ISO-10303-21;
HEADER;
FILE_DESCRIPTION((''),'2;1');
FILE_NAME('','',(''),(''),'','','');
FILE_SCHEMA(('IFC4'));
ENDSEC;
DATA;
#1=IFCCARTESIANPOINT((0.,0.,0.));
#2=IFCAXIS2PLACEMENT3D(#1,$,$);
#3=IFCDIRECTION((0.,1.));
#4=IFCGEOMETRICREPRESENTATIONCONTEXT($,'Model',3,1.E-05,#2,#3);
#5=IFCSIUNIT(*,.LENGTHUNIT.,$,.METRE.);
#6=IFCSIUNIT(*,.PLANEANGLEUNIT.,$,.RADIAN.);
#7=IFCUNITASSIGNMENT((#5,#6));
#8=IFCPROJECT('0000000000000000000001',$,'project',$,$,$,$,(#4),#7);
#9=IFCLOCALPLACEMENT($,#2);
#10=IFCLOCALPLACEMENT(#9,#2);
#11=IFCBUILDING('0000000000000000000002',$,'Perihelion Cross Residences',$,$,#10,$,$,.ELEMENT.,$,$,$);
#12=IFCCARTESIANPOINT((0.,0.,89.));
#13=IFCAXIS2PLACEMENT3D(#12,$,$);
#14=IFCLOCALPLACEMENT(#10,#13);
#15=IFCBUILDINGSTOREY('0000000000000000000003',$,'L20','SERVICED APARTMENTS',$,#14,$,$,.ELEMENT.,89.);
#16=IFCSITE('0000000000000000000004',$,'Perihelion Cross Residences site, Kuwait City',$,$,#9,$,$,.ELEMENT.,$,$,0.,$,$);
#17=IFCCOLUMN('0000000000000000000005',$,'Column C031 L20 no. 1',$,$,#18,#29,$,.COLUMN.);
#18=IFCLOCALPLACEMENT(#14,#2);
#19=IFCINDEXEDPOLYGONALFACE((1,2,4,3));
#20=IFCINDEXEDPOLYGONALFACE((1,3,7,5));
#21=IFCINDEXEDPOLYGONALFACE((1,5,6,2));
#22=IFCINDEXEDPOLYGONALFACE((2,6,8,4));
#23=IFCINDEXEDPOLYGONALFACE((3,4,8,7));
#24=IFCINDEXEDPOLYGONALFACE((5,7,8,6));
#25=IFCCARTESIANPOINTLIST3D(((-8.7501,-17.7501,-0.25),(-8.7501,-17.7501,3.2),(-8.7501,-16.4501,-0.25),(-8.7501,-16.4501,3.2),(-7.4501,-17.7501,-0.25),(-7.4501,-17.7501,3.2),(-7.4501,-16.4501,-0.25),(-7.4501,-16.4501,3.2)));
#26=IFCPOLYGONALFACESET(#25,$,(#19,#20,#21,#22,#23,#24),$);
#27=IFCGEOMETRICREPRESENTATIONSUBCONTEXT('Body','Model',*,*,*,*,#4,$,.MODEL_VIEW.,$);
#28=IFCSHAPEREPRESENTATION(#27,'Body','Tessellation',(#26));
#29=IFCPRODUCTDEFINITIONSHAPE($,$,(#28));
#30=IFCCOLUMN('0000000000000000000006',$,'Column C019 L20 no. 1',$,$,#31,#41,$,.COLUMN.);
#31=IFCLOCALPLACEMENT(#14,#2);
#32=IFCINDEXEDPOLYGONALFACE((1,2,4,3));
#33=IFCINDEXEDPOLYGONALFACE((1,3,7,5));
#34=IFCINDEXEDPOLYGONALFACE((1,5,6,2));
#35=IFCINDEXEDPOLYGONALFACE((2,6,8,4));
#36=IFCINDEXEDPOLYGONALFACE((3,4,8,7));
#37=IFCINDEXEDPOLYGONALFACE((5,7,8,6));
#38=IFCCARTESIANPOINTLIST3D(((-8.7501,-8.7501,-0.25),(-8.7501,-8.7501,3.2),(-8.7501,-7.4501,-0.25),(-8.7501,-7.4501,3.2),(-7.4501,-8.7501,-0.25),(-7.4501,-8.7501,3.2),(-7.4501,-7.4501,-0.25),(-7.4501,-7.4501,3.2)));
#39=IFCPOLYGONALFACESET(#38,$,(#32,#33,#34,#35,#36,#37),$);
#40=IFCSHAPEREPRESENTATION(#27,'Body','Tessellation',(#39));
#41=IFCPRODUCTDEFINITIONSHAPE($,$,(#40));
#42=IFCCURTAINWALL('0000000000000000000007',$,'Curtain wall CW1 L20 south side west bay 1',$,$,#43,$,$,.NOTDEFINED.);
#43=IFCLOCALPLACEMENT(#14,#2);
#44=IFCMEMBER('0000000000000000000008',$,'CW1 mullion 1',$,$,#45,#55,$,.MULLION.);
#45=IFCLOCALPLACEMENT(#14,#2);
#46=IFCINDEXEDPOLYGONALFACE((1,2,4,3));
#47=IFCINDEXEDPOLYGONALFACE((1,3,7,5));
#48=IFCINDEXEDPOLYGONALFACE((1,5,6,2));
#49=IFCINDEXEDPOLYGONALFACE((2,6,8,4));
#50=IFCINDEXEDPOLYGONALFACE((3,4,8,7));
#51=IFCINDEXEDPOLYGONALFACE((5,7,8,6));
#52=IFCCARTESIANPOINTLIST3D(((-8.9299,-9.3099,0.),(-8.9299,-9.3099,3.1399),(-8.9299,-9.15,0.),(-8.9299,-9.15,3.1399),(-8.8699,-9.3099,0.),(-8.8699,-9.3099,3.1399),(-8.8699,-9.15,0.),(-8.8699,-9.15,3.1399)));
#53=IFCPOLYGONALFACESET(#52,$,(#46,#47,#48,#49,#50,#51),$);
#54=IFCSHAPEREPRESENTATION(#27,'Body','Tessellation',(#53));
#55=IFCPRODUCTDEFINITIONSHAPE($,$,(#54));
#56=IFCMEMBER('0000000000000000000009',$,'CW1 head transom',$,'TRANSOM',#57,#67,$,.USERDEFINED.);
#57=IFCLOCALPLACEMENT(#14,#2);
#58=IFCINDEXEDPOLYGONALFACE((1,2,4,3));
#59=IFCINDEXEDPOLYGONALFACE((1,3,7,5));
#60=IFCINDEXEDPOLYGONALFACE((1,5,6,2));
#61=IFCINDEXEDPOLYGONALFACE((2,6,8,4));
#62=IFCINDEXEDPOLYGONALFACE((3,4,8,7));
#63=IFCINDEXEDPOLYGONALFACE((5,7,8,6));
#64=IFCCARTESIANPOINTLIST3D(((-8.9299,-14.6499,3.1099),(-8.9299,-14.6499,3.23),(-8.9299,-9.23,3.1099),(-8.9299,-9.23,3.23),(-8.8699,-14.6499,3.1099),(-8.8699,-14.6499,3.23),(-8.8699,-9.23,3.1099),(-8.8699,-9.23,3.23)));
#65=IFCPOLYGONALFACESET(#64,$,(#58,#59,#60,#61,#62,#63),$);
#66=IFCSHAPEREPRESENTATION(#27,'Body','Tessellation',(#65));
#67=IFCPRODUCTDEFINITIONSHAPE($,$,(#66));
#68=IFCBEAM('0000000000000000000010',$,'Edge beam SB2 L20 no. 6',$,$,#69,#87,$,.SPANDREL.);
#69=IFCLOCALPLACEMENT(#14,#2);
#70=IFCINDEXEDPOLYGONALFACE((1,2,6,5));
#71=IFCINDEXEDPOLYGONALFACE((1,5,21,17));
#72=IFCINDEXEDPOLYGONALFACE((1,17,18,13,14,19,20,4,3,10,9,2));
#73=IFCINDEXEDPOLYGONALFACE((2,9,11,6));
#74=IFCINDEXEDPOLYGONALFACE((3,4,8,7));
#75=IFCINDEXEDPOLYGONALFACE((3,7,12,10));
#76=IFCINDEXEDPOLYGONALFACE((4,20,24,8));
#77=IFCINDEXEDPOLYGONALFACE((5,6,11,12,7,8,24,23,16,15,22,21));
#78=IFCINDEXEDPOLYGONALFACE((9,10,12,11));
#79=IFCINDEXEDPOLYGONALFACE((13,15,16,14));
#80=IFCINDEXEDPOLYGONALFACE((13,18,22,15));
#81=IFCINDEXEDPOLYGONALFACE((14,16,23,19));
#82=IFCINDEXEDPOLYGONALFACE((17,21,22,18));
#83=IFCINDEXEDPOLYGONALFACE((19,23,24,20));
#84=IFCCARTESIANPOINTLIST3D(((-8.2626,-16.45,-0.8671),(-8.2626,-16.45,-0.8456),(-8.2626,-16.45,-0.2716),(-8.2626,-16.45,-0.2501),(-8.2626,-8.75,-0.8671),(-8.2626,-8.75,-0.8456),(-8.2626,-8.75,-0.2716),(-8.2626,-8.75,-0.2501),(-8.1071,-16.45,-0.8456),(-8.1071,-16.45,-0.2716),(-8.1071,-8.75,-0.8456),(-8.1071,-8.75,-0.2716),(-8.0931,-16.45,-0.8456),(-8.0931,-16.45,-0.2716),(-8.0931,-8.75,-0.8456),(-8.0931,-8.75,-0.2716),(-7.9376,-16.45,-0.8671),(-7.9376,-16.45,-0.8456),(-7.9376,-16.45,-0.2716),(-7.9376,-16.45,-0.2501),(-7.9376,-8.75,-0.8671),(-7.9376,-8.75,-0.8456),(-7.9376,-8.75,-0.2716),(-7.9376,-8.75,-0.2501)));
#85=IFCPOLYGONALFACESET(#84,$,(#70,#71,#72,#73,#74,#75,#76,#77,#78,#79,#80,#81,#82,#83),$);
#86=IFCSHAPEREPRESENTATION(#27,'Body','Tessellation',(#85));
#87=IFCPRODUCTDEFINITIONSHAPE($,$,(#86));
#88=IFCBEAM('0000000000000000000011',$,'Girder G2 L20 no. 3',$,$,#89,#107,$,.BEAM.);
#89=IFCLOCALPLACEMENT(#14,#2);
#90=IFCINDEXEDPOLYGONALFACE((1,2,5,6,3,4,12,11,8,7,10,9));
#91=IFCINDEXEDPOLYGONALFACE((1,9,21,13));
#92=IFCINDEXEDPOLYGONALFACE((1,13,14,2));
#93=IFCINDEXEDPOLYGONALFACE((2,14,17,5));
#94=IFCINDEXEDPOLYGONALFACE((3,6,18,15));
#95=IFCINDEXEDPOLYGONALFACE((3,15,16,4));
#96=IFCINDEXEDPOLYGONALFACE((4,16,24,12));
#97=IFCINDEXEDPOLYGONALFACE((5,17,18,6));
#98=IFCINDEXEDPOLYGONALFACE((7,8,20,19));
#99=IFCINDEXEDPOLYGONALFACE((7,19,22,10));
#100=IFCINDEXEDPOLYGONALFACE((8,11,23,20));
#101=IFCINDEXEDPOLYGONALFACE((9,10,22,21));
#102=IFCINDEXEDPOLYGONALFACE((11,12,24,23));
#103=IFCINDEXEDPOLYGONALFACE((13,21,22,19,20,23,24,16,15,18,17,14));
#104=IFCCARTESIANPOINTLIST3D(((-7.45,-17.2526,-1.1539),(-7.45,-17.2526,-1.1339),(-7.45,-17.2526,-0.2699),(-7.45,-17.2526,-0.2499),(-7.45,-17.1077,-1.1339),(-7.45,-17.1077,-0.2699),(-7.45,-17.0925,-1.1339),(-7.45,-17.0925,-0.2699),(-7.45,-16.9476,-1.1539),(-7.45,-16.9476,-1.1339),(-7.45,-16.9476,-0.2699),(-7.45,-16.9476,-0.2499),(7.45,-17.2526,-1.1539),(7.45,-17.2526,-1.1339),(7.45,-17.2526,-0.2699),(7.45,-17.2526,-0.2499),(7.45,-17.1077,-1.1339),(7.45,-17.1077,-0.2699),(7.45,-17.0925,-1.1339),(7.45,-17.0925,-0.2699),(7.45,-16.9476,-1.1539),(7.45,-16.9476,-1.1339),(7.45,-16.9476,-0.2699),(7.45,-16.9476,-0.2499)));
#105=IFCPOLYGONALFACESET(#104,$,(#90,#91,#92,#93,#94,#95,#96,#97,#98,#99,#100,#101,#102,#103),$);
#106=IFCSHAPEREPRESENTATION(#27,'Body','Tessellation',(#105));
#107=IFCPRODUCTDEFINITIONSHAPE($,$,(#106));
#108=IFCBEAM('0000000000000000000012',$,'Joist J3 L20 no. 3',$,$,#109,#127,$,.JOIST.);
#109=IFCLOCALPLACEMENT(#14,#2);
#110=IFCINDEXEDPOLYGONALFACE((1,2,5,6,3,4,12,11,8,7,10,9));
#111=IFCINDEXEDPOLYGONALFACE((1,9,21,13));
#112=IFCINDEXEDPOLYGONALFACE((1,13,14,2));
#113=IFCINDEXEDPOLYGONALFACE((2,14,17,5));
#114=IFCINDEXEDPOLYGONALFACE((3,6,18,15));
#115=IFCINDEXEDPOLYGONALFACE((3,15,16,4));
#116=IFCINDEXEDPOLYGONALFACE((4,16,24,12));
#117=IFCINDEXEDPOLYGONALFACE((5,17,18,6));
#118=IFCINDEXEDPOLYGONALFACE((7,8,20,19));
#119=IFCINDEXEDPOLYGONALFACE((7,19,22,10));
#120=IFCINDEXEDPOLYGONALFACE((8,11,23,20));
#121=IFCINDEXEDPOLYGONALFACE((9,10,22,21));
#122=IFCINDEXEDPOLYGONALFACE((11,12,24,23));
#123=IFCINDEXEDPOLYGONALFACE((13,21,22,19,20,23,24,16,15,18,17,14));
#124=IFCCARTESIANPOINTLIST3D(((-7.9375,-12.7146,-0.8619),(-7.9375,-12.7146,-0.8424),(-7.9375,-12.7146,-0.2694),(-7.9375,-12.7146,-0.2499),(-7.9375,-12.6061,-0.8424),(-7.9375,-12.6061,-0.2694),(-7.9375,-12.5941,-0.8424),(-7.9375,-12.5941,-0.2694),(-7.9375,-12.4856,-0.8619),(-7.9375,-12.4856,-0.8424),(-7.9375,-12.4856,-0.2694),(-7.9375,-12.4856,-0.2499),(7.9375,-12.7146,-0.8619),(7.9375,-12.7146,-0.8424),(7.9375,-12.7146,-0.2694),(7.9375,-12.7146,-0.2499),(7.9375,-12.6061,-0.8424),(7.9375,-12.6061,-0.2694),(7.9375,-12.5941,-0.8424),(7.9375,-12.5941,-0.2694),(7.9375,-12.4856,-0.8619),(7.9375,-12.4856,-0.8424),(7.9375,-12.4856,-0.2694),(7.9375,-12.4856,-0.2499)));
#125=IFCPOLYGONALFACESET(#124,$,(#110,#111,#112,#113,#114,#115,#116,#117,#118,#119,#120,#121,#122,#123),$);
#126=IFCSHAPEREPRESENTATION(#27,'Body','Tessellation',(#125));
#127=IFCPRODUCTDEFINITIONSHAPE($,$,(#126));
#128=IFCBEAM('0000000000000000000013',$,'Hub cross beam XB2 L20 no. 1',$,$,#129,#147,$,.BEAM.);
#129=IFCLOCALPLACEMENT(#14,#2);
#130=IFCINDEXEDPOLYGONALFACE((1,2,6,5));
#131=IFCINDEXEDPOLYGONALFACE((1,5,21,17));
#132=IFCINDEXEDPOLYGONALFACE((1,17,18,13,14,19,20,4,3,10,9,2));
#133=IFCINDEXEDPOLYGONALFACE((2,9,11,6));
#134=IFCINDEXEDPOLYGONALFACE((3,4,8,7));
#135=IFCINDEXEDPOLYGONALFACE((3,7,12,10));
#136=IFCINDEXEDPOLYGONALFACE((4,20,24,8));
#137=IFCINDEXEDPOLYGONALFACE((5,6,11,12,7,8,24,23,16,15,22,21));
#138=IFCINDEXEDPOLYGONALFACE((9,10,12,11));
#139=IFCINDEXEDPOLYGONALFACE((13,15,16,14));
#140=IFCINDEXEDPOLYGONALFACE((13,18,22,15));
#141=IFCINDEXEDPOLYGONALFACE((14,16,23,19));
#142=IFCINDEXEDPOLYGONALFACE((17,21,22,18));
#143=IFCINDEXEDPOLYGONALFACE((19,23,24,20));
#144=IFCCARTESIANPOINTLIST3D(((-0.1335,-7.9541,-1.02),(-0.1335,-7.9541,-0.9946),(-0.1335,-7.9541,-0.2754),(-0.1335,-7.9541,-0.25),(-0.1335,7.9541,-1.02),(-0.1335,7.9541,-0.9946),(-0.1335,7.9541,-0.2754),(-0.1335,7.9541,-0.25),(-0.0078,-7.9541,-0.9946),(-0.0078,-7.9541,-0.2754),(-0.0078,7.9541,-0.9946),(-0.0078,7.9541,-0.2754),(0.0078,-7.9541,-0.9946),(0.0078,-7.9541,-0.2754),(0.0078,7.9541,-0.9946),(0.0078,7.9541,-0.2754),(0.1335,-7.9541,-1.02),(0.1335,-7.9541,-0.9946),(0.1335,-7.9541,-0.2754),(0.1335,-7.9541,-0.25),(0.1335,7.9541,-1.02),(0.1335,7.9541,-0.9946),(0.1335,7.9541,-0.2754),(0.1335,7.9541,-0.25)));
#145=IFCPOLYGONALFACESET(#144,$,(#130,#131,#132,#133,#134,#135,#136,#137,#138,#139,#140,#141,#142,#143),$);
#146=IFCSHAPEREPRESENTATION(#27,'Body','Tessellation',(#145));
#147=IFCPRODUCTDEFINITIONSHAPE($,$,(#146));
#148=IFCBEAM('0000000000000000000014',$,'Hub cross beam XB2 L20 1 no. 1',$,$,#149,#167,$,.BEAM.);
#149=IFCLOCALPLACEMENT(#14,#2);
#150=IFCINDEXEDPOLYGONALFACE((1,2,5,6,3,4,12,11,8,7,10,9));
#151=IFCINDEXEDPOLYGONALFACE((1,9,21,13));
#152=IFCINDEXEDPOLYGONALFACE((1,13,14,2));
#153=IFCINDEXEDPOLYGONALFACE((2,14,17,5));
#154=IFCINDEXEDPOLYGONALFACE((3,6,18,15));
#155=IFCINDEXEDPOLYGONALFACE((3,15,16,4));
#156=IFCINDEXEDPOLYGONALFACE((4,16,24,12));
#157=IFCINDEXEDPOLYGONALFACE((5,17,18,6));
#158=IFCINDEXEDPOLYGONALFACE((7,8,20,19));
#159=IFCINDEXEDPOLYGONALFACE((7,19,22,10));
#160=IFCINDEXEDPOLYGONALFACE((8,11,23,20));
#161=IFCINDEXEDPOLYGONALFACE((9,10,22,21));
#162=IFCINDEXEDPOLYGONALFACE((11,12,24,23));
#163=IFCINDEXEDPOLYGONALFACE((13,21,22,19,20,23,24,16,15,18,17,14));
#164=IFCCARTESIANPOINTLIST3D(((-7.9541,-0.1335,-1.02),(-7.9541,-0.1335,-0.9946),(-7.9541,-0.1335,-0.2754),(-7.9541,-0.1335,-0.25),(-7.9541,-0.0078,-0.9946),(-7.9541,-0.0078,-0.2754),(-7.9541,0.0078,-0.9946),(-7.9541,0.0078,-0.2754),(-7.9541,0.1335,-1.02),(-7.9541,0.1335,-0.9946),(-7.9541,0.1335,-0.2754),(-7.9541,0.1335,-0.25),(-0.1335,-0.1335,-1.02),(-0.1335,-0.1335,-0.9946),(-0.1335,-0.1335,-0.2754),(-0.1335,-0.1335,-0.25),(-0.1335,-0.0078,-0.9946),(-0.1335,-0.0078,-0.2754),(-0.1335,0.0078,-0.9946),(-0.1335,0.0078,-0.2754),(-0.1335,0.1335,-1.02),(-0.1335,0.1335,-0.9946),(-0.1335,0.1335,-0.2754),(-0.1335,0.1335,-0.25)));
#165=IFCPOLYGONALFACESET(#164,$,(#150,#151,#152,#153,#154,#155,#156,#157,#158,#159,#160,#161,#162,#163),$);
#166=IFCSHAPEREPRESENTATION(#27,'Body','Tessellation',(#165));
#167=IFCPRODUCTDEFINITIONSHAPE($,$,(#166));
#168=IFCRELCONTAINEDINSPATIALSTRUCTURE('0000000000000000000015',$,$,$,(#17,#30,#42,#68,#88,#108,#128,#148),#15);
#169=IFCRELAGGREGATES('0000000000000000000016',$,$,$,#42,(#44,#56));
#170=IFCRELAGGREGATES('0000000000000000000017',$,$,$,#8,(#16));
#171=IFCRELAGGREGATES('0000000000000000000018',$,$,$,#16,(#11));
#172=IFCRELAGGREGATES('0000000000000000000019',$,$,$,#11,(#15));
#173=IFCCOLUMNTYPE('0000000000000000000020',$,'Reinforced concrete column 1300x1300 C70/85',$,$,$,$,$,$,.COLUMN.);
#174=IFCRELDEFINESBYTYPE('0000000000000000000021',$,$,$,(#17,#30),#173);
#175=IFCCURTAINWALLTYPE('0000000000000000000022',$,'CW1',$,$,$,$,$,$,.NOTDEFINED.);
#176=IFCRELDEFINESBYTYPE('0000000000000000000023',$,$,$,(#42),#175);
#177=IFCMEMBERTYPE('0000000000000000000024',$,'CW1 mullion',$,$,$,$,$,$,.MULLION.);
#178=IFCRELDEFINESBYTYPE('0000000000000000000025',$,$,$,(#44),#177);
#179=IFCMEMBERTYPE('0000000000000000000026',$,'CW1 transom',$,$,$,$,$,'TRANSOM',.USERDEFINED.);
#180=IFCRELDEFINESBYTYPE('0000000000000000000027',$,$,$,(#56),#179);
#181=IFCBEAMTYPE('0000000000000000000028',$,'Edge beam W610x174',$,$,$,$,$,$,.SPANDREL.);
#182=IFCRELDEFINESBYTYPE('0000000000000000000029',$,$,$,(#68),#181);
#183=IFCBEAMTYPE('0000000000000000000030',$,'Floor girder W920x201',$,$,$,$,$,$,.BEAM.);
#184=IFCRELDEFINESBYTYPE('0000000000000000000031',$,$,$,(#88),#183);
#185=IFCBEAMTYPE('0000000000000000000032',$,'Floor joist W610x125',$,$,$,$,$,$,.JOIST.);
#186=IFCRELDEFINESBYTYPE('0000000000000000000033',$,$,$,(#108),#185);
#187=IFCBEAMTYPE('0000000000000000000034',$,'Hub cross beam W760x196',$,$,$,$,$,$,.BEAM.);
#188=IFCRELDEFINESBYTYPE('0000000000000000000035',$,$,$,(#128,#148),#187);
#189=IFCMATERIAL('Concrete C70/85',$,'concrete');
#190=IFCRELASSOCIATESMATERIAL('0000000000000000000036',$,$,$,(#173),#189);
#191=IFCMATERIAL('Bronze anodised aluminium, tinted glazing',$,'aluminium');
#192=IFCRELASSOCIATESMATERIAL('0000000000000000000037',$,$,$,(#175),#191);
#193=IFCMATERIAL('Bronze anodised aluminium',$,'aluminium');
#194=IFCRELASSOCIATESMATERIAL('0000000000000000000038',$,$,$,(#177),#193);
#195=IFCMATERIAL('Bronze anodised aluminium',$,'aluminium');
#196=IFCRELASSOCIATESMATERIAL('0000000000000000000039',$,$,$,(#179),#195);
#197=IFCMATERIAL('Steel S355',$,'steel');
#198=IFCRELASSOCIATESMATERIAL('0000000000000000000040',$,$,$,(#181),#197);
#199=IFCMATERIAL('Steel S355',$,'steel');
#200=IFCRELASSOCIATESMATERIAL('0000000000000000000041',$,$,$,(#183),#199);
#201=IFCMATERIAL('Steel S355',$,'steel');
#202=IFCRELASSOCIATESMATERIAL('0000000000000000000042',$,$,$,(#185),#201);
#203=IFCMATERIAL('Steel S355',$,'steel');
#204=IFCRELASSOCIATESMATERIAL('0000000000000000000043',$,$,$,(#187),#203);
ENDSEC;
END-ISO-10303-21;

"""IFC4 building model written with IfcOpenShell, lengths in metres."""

from ifc_helpers import new_model, si_unit, direction, frame, origin, origin_2d, place, context, subcontext, project, spatial, rectangle, i_section, extrude, material, material_profile, profile_set, type_object, element, aggregate, save


model = new_model("IFC4")

# Units and contexts
model_context = context("Model", 3, precision=1e-05, world=origin(), true_north=direction((0.0, 1.0)))
body_context = subcontext(model_context, "Body", "Model", "MODEL_VIEW")
ifc_project = project(units=[si_unit("LENGTHUNIT", "METRE"), si_unit("PLANEANGLEUNIT", "RADIAN")], contexts=[model_context])

# Site, building, storey
site_placement = place(None, origin())
site = spatial("IfcSite", under=ifc_project, at=site_placement, Name="Perihelion Cross Residences site, Kuwait City", CompositionType="ELEMENT", RefElevation=0.0)
building_placement = place(site_placement, origin())
building = spatial("IfcBuilding", under=site, at=building_placement, Name="Perihelion Cross Residences", CompositionType="ELEMENT")
storey_placement = place(building_placement, frame((0.0, 0.0, 89.0)))
storey = spatial("IfcBuildingStorey", under=building, at=storey_placement, Name="L20", Description="SERVICED APARTMENTS", CompositionType="ELEMENT", Elevation=89.0)

# Columns
ifc_material_1 = material(Name="Concrete C70/85", Category="concrete")
ifc_material_profile_1 = material_profile(ifc_material_1, rectangle(XDim=1.3, YDim=1.3, at=origin_2d()), Name="RC 1300x1300")
ifc_profile_set_1 = profile_set([ifc_material_profile_1], Name="Concrete C70/85")
column_type = type_object("IfcColumnType", Name="Reinforced concrete column 1300x1300 C70/85", PredefinedType="COLUMN", material=ifc_profile_set_1)
for number, where, z_axis, x_axis, name in (
    (1, (-8.1001, -17.1001, -0.25), (0.0, 0.0, 1.0), (1.0, 0.0, 0.0), "Column C031 L20 no. 1"),
    (2, (-8.1001, -8.1001, -0.25), (0.0, 0.0, 1.0), (1.0, 0.0, 0.0), "Column C019 L20 no. 1"),
):
    element("IfcColumn", number, at=place(storey_placement, frame(where, z_axis=z_axis, x_axis=x_axis)), inside=storey, type_object=column_type, Name=name, PredefinedType="COLUMN", context=body_context, shape_type="SweptSolid", body=[
        extrude(rectangle(XDim=1.3, YDim=1.3, at=origin_2d()), origin(), (0.0, 0.0, 1.0), 3.45),
    ])

# Curtain wall, members
ifc_material_2 = material(Name="Bronze anodised aluminium, tinted glazing", Category="aluminium")
curtain_wall_type = type_object("IfcCurtainWallType", Name="CW1", PredefinedType="NOTDEFINED", material=ifc_material_2)
curtain_wall_placement = place(storey_placement, origin())
curtain_wall = element("IfcCurtainWall", 3, at=curtain_wall_placement, inside=storey, type_object=curtain_wall_type, Name="Curtain wall CW1 L20 south side west bay 1", PredefinedType="NOTDEFINED")
ifc_material_3 = material(Name="Bronze anodised aluminium", Category="aluminium")
ifc_material_profile_2 = material_profile(ifc_material_3, rectangle(XDim=0.0601, YDim=0.1599, at=origin_2d()), Name="CW1 mullion")
ifc_profile_set_2 = profile_set([ifc_material_profile_2], Name="Bronze anodised aluminium")
member_type_1 = type_object("IfcMemberType", Name="CW1 mullion", PredefinedType="MULLION", material=ifc_profile_set_2)
member_1_placement = place(storey_placement, frame((-8.8999, -9.23, 0.0), z_axis=(0.0, 0.0, 1.0), x_axis=(1.0, 0.0, 0.0)))
member_1 = element("IfcMember", 4, at=member_1_placement, type_object=member_type_1, Name="CW1 mullion 1", PredefinedType="MULLION", context=body_context, shape_type="SweptSolid", body=[
    extrude(rectangle(XDim=0.0601, YDim=0.1599, at=origin_2d()), origin(), (0.0, 0.0, 1.0), 3.1399),
])
ifc_material_4 = material(Name="Bronze anodised aluminium", Category="aluminium")
ifc_material_profile_3 = material_profile(ifc_material_4, rectangle(XDim=0.0601, YDim=0.1201, at=origin_2d()), Name="CW1 transom")
ifc_profile_set_3 = profile_set([ifc_material_profile_3], Name="Bronze anodised aluminium")
member_type_2 = type_object("IfcMemberType", Name="CW1 transom", ElementType="TRANSOM", PredefinedType="USERDEFINED", material=ifc_profile_set_3)
member_2_placement = place(storey_placement, frame((-8.8999, -9.23, 3.1699), z_axis=(0.0, -1.0, 0.0), x_axis=(1.0, 0.0, 0.0)))
member_2 = element("IfcMember", 5, at=member_2_placement, type_object=member_type_2, Name="CW1 head transom", ObjectType="TRANSOM", PredefinedType="USERDEFINED", context=body_context, shape_type="SweptSolid", body=[
    extrude(rectangle(XDim=0.0601, YDim=0.1201, at=origin_2d()), origin(), (0.0, 0.0, 1.0), 5.4199),
])
aggregate(curtain_wall, [member_1, member_2])

# Beams
ifc_material_5 = material(Name="Steel S355", Category="steel")
ifc_material_profile_4 = material_profile(ifc_material_5, i_section(OverallWidth=0.325, OverallDepth=0.6169, WebThickness=0.0139, FlangeThickness=0.0215, at=origin_2d()), Name="W610x174")
ifc_profile_set_4 = profile_set([ifc_material_profile_4], Name="Steel S355")
beam_type_1 = type_object("IfcBeamType", Name="Edge beam W610x174", PredefinedType="SPANDREL", material=ifc_profile_set_4)
beam_1_placement = place(storey_placement, frame((-8.1001, -8.75, -0.5586), z_axis=(0.0, -1.0, 0.0), x_axis=(1.0, 0.0, 0.0)))
element("IfcBeam", 6, at=beam_1_placement, inside=storey, type_object=beam_type_1, Name="Edge beam SB2 L20 no. 6", PredefinedType="SPANDREL", context=body_context, shape_type="SweptSolid", body=[
    extrude(i_section(OverallWidth=0.325, OverallDepth=0.6169, WebThickness=0.0139, FlangeThickness=0.0215, at=origin_2d()), origin(), (0.0, 0.0, 1.0), 7.7),
])
ifc_material_6 = material(Name="Steel S355", Category="steel")
ifc_material_profile_5 = material_profile(ifc_material_6, i_section(OverallWidth=0.3049, OverallDepth=0.9041, WebThickness=0.0151, FlangeThickness=0.02, at=origin_2d()), Name="W920x201")
ifc_profile_set_5 = profile_set([ifc_material_profile_5], Name="Steel S355")
beam_type_2 = type_object("IfcBeamType", Name="Floor girder W920x201", PredefinedType="BEAM", material=ifc_profile_set_5)
beam_2_placement = place(storey_placement, frame((-7.45, -17.1001, -0.7019), z_axis=(1.0, 0.0, 0.0), x_axis=(0.0, 1.0, 0.0)))
element("IfcBeam", 7, at=beam_2_placement, inside=storey, type_object=beam_type_2, Name="Girder G2 L20 no. 3", PredefinedType="BEAM", context=body_context, shape_type="SweptSolid", body=[
    extrude(i_section(OverallWidth=0.3049, OverallDepth=0.9041, WebThickness=0.0151, FlangeThickness=0.02, at=origin_2d()), origin(), (0.0, 0.0, 1.0), 14.8999),
])
ifc_material_7 = material(Name="Steel S355", Category="steel")
ifc_material_profile_6 = material_profile(ifc_material_7, i_section(OverallWidth=0.229, OverallDepth=0.6121, WebThickness=0.012, FlangeThickness=0.0195, at=origin_2d()), Name="W610x125")
ifc_profile_set_6 = profile_set([ifc_material_profile_6], Name="Steel S355")
beam_type_3 = type_object("IfcBeamType", Name="Floor joist W610x125", PredefinedType="JOIST", material=ifc_profile_set_6)
beam_3_placement = place(storey_placement, frame((-7.9375, -12.6001, -0.5559), z_axis=(1.0, 0.0, 0.0), x_axis=(0.0, 1.0, 0.0)))
element("IfcBeam", 8, at=beam_3_placement, inside=storey, type_object=beam_type_3, Name="Joist J3 L20 no. 3", PredefinedType="JOIST", context=body_context, shape_type="SweptSolid", body=[
    extrude(i_section(OverallWidth=0.229, OverallDepth=0.6121, WebThickness=0.012, FlangeThickness=0.0195, at=origin_2d()), origin(), (0.0, 0.0, 1.0), 15.875),
])
ifc_material_8 = material(Name="Steel S355", Category="steel")
ifc_material_profile_7 = material_profile(ifc_material_8, i_section(OverallWidth=0.2671, OverallDepth=0.77, WebThickness=0.0156, FlangeThickness=0.0254, at=origin_2d()), Name="W760x196")
ifc_profile_set_7 = profile_set([ifc_material_profile_7], Name="Steel S355")
beam_type_4 = type_object("IfcBeamType", Name="Hub cross beam W760x196", PredefinedType="BEAM", material=ifc_profile_set_7)
beam_4_placement = place(storey_placement, frame((0.0, -7.9541, -0.635), z_axis=(0.0, 1.0, 0.0), x_axis=(-1.0, 0.0, 0.0)))
element("IfcBeam", 9, at=beam_4_placement, inside=storey, type_object=beam_type_4, Name="Hub cross beam XB2 L20 no. 1", PredefinedType="BEAM", context=body_context, shape_type="SweptSolid", body=[
    extrude(i_section(OverallWidth=0.2671, OverallDepth=0.77, WebThickness=0.0156, FlangeThickness=0.0254, at=origin_2d()), origin(), (0.0, 0.0, 1.0), 15.9082),
])
beam_5_placement = place(storey_placement, frame((-7.9541, 0.0, -0.635), z_axis=(1.0, 0.0, 0.0), x_axis=(0.0, 1.0, 0.0)))
element("IfcBeam", 10, at=beam_5_placement, inside=storey, type_object=beam_type_4, Name="Hub cross beam XB2 L20 1 no. 1", PredefinedType="BEAM", context=body_context, shape_type="SweptSolid", body=[
    extrude(i_section(OverallWidth=0.2671, OverallDepth=0.77, WebThickness=0.0156, FlangeThickness=0.0254, at=origin_2d()), origin(), (0.0, 0.0, 1.0), 7.8206),
])

save(model, "model.ifc")
